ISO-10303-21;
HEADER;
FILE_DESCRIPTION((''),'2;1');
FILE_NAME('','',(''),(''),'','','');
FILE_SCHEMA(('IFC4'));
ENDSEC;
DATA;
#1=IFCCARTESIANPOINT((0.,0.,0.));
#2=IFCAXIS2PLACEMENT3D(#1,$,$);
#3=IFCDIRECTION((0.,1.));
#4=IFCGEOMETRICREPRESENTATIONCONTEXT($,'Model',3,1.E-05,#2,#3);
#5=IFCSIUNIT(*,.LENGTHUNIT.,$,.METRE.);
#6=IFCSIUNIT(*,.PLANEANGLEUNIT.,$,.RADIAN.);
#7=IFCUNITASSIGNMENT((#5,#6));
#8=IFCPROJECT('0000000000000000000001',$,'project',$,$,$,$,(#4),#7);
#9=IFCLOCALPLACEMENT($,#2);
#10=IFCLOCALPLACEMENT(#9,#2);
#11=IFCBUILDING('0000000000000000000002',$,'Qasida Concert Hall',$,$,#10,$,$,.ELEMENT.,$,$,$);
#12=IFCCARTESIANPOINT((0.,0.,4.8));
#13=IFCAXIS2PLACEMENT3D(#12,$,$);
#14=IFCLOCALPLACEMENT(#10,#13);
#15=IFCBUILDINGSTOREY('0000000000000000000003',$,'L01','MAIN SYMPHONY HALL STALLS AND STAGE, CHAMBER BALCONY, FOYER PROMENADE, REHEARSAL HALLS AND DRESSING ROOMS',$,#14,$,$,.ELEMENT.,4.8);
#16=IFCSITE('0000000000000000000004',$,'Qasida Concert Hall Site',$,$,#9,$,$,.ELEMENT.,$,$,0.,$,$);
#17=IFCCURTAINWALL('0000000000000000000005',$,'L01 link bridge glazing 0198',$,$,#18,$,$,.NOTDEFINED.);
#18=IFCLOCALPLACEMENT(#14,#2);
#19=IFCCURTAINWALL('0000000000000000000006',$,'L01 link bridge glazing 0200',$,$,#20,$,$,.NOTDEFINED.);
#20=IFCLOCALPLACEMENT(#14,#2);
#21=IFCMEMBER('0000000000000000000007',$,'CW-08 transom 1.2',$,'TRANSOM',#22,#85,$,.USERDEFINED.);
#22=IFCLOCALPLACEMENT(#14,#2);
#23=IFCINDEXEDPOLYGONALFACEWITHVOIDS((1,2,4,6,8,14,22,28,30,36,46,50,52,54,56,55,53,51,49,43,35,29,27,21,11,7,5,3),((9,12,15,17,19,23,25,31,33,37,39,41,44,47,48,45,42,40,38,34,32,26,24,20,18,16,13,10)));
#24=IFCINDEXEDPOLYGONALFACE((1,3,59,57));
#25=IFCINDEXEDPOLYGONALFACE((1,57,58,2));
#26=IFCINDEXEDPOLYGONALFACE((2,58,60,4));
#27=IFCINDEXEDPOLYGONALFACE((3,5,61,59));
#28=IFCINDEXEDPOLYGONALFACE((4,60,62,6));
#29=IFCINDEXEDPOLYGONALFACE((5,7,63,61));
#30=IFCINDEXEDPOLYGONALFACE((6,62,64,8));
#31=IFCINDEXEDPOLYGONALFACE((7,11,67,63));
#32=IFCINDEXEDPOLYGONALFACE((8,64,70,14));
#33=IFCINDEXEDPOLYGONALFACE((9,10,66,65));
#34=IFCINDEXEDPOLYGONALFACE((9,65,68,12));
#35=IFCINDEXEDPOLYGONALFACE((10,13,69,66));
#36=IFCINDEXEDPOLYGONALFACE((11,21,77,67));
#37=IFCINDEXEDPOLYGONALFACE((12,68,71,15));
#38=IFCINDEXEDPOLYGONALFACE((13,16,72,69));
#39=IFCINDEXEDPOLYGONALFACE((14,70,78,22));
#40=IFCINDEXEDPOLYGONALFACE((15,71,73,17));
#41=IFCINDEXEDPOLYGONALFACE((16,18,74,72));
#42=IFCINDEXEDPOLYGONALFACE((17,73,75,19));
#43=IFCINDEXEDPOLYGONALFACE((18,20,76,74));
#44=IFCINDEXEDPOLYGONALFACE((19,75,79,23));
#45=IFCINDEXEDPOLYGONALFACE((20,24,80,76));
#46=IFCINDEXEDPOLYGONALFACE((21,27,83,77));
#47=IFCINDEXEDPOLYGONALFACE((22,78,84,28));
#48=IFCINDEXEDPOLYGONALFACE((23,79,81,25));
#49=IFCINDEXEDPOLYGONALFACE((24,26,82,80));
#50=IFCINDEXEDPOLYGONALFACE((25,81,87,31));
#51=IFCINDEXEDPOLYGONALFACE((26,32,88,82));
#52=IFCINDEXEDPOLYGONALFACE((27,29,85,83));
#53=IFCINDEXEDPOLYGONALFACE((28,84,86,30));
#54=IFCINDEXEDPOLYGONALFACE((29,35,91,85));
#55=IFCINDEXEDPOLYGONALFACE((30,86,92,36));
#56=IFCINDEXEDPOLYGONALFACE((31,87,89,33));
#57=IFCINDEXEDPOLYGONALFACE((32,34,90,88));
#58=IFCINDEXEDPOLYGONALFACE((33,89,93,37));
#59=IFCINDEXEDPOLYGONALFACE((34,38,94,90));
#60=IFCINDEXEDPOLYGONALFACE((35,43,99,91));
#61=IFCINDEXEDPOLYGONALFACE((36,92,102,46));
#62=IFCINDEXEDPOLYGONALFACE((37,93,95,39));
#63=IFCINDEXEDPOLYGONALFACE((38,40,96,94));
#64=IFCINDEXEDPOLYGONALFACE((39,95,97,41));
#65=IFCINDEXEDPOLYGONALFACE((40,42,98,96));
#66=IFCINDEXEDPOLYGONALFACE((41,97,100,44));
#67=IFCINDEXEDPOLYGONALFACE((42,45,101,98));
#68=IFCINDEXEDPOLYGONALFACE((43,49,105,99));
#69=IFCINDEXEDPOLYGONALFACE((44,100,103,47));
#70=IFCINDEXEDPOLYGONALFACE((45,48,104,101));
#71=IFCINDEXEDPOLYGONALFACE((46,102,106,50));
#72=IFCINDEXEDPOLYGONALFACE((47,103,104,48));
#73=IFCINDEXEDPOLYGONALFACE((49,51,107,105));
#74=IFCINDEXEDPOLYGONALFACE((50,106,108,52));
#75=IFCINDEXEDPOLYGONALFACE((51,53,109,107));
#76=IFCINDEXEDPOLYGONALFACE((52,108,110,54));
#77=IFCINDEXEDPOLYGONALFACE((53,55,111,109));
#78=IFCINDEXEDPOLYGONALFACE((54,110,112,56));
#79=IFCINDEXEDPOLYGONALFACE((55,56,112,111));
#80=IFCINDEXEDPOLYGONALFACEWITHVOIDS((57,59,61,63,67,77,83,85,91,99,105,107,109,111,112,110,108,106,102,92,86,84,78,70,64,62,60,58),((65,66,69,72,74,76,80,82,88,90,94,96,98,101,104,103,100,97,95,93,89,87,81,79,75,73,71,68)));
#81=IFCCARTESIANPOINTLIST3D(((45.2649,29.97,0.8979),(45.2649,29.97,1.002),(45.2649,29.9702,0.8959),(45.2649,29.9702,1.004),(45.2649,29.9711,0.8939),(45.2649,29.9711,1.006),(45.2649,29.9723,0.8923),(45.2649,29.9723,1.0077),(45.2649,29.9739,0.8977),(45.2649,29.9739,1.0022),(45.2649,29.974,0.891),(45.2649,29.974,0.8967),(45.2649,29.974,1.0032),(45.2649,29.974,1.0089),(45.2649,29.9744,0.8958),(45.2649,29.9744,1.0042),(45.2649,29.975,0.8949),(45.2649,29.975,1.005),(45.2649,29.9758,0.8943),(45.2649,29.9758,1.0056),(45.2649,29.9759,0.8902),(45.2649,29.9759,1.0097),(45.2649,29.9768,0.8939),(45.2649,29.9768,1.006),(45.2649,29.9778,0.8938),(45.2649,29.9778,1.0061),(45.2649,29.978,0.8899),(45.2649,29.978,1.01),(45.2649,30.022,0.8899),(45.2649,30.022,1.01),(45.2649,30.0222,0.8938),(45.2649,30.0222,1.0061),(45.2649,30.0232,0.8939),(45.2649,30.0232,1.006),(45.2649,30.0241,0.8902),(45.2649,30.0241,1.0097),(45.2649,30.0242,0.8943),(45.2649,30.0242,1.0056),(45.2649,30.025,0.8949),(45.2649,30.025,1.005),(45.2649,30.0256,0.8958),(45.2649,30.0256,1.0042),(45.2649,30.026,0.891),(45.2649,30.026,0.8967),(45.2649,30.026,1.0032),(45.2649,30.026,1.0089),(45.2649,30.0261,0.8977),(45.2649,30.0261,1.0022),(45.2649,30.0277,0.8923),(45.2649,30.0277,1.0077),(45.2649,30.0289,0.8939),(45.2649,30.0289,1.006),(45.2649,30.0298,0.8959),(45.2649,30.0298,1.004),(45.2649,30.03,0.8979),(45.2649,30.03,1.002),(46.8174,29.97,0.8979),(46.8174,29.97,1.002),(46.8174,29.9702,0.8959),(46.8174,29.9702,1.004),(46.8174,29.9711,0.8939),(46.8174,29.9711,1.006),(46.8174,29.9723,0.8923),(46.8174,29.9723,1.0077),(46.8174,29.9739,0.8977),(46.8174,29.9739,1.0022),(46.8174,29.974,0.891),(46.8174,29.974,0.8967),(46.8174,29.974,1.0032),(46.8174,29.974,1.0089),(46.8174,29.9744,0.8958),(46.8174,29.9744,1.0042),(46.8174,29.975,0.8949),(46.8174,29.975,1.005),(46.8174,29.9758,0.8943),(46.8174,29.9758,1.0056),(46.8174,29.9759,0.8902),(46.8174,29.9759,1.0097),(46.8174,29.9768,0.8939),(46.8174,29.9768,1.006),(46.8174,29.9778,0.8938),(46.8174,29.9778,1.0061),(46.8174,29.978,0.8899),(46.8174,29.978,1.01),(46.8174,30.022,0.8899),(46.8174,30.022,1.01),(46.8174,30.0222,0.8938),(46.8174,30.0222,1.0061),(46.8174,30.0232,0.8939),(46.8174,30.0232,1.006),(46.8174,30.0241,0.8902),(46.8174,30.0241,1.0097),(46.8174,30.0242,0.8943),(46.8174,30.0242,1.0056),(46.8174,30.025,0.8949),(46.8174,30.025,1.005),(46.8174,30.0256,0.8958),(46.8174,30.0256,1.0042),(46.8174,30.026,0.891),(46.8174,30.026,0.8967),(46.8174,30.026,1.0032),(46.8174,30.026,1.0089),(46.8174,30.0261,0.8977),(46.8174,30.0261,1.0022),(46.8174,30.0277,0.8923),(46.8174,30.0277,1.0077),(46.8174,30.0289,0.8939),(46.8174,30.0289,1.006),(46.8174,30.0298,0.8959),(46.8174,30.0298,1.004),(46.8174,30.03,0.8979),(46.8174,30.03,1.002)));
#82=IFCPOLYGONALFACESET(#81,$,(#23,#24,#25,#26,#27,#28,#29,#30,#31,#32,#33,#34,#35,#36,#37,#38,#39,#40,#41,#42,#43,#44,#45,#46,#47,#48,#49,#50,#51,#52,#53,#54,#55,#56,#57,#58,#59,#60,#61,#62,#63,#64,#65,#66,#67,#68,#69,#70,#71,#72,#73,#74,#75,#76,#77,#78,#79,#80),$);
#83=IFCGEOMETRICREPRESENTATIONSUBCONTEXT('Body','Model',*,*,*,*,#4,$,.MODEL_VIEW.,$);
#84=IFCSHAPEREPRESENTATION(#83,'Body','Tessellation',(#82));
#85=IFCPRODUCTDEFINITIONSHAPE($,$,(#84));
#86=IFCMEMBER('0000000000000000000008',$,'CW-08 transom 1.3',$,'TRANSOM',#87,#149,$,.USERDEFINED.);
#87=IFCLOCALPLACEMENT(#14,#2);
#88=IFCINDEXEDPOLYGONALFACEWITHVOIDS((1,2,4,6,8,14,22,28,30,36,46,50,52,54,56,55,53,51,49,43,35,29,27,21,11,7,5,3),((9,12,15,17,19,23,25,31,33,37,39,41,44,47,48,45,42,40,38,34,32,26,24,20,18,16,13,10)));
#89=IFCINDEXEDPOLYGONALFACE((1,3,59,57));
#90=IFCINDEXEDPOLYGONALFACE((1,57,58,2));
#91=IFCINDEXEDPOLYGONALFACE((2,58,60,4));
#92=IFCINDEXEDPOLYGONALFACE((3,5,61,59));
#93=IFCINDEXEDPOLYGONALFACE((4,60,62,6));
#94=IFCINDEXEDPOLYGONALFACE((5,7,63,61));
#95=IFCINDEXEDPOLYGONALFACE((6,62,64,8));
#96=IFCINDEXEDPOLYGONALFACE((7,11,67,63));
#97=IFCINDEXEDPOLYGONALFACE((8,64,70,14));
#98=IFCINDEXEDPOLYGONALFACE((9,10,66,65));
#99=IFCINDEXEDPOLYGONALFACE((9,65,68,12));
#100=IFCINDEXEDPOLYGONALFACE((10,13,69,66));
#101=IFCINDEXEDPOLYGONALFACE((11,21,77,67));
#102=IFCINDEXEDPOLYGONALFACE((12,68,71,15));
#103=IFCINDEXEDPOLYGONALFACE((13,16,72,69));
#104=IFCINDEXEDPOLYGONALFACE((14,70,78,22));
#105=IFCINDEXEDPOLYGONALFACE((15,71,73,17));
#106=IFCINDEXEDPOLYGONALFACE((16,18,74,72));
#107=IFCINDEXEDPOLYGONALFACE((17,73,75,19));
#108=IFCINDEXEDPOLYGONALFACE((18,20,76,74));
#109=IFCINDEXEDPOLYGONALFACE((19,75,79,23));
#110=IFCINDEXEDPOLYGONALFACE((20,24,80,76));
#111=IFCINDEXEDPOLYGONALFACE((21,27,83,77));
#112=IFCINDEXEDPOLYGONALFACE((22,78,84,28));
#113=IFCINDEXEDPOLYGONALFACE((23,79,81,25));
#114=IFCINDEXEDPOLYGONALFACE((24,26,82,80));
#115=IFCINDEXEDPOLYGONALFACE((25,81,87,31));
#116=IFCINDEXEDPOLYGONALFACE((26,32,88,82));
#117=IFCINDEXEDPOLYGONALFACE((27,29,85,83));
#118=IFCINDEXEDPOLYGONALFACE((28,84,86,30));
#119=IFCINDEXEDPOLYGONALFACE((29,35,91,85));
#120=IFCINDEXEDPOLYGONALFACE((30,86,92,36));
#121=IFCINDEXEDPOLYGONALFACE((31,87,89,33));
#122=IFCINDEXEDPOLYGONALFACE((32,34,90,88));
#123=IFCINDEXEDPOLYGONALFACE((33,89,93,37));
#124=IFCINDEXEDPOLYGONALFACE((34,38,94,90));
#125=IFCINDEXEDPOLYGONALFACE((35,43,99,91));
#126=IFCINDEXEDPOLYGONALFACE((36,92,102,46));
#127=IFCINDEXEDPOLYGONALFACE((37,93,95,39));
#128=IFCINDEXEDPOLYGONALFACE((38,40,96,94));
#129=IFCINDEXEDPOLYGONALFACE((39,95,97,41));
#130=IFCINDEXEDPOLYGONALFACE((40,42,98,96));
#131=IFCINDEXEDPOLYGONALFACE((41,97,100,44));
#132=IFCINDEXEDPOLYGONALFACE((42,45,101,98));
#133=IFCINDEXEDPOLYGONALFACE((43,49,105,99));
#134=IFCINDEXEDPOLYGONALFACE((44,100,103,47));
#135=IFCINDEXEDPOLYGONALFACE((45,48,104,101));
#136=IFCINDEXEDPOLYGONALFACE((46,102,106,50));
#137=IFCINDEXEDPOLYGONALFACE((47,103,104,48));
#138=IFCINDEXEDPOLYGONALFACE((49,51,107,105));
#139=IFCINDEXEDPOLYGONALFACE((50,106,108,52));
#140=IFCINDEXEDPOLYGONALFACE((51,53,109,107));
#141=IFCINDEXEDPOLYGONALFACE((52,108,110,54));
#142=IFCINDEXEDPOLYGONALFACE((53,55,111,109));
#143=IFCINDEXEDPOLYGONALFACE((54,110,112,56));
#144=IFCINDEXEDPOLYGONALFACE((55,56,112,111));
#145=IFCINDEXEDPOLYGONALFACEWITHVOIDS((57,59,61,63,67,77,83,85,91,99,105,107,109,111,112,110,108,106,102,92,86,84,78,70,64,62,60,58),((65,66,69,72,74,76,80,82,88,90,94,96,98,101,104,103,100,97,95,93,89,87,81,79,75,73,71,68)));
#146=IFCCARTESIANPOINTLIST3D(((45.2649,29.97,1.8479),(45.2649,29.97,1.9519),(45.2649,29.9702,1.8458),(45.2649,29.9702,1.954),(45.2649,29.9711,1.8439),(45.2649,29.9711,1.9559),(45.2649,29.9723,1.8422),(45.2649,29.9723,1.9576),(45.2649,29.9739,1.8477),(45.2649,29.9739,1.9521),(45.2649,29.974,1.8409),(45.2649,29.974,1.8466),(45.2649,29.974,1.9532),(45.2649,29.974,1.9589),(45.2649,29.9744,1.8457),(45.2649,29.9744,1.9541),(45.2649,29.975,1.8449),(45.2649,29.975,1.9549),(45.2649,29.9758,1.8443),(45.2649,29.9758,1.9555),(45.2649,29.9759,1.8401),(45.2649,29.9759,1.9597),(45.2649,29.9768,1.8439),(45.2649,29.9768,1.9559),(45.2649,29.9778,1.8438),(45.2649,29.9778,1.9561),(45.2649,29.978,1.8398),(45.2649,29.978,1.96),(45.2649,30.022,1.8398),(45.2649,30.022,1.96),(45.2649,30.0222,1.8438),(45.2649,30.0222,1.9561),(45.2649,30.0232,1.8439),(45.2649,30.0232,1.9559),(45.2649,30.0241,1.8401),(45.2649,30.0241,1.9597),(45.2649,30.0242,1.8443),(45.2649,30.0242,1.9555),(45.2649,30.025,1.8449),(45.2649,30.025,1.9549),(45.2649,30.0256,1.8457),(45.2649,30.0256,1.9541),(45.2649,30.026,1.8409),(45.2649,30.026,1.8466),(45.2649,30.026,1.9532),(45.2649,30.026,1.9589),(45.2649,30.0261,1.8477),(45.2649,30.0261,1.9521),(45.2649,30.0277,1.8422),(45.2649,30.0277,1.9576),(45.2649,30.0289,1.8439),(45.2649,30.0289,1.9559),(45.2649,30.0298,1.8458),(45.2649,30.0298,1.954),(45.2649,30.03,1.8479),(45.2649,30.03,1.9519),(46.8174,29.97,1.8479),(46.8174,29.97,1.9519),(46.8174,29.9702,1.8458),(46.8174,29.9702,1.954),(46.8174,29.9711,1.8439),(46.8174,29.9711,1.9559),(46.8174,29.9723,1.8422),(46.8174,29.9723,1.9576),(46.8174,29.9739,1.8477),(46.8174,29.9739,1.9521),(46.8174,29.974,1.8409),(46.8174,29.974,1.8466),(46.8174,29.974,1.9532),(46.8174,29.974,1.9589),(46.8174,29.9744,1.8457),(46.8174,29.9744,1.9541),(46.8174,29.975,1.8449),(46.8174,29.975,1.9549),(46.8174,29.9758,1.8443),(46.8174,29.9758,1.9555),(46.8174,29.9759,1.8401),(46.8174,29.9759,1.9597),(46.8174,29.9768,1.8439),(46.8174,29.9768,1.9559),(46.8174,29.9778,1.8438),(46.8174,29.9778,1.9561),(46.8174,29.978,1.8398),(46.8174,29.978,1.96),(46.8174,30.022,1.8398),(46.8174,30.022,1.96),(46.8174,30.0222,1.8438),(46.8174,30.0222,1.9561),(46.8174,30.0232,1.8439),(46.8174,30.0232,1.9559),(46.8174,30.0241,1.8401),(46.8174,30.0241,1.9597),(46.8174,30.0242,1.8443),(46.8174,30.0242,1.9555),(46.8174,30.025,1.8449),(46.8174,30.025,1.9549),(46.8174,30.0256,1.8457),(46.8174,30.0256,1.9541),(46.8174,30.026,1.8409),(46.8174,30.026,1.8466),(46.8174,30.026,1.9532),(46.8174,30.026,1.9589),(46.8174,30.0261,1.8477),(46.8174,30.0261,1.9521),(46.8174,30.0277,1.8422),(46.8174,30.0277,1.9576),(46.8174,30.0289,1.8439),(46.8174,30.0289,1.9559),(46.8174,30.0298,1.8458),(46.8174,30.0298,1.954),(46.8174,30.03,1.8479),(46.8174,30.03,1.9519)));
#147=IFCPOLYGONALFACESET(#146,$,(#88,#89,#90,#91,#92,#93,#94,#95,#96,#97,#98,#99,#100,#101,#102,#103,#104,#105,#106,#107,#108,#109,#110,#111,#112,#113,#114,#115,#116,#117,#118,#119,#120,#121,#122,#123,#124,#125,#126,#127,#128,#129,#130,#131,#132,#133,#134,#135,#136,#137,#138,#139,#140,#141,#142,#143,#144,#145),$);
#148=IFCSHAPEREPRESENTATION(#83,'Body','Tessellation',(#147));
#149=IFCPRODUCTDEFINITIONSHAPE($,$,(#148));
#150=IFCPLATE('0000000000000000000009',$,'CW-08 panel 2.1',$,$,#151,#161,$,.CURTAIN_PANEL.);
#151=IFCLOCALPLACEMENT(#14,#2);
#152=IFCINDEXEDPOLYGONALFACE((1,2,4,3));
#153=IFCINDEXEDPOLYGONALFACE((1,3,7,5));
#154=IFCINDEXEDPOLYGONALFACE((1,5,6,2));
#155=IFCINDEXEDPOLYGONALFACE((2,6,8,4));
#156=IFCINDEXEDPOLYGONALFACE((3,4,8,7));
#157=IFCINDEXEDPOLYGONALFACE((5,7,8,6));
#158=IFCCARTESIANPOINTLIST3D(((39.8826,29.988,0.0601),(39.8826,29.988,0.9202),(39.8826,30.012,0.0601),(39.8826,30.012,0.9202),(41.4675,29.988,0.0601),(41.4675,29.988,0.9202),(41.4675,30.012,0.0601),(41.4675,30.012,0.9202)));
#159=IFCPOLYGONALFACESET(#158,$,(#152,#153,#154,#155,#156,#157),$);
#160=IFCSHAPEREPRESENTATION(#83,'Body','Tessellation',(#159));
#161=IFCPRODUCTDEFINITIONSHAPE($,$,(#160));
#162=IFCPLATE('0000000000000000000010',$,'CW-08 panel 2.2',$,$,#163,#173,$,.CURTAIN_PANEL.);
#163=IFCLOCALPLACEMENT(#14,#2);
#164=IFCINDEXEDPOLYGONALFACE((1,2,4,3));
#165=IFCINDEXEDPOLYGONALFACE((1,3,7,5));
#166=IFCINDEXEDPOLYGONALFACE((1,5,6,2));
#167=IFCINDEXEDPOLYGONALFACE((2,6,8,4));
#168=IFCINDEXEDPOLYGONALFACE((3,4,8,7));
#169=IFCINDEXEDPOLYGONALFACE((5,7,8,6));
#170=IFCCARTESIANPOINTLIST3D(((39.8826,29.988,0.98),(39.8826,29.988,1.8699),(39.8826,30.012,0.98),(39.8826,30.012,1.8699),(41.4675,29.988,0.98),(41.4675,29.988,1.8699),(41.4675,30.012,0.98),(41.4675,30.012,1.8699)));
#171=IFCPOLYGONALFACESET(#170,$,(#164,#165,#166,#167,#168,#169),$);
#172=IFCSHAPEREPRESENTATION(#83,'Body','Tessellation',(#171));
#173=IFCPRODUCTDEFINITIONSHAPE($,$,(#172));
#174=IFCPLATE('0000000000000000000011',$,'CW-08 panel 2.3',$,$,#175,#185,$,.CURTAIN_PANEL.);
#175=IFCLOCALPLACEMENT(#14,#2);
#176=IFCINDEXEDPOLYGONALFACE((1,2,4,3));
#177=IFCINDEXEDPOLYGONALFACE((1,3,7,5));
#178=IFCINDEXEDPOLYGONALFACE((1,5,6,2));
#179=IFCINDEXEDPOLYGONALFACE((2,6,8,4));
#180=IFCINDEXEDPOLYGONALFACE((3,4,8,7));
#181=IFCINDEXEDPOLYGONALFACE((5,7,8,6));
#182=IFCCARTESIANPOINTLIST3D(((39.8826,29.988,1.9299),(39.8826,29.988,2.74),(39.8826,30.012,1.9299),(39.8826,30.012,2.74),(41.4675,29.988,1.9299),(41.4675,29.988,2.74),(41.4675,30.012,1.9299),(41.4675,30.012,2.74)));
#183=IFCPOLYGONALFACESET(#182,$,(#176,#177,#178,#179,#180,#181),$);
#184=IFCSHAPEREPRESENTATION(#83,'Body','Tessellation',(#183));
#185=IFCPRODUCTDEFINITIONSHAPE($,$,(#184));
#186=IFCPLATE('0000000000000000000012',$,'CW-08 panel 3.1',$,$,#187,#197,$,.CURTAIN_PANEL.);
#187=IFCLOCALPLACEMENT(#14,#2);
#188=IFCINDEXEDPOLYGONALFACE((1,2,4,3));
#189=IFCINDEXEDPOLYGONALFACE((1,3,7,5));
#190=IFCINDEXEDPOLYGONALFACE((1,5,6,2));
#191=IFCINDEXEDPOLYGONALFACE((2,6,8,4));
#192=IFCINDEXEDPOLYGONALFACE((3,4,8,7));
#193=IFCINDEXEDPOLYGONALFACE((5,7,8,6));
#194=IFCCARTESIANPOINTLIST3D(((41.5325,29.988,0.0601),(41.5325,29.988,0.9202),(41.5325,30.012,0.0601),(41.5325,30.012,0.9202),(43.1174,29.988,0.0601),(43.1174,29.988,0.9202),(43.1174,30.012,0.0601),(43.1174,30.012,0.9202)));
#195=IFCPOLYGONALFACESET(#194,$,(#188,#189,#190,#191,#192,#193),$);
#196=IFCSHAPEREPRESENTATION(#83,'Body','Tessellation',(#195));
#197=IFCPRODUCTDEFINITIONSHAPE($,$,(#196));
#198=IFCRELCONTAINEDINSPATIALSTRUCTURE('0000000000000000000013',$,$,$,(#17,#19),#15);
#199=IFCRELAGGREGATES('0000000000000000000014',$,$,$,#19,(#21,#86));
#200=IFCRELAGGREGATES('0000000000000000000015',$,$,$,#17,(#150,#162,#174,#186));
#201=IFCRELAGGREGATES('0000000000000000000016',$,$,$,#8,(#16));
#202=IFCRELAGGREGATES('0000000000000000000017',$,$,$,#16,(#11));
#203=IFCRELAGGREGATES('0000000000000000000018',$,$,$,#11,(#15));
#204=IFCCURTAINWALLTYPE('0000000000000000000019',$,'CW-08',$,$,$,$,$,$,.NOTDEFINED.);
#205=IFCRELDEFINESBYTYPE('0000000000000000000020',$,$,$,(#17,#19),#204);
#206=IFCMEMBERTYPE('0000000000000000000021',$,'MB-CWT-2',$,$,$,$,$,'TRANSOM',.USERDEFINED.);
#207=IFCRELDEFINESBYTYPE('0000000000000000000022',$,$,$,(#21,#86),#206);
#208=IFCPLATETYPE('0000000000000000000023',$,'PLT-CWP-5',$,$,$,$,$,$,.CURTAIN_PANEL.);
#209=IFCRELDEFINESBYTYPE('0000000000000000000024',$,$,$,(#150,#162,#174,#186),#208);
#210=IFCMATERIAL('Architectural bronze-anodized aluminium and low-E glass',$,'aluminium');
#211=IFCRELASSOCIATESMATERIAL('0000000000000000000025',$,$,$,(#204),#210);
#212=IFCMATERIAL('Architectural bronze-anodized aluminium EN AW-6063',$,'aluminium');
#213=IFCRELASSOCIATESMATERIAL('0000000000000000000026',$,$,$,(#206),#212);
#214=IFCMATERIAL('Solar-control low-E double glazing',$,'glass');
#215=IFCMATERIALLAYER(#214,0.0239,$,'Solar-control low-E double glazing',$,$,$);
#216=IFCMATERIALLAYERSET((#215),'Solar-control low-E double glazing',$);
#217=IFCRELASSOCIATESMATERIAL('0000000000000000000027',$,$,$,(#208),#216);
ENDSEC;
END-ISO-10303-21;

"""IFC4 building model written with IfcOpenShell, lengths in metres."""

from ifc_helpers import new_model, si_unit, direction, frame, origin, origin_2d, place, context, subcontext, project, spatial, rectangle, hollow_rectangle, extrude, material, layer, layer_set, material_profile, profile_set, type_object, element, aggregate, save


model = new_model("IFC4")

# Units and contexts
model_context = context("Model", 3, precision=1e-05, world=origin(), true_north=direction((0.0, 1.0)))
body_context = subcontext(model_context, "Body", "Model", "MODEL_VIEW")
ifc_project = project(units=[si_unit("LENGTHUNIT", "METRE"), si_unit("PLANEANGLEUNIT", "RADIAN")], contexts=[model_context])

# Site, building, storey
site_placement = place(None, origin())
site = spatial("IfcSite", under=ifc_project, at=site_placement, Name="Qasida Concert Hall Site", CompositionType="ELEMENT", RefElevation=0.0)
building_placement = place(site_placement, origin())
building = spatial("IfcBuilding", under=site, at=building_placement, Name="Qasida Concert Hall", CompositionType="ELEMENT")
storey_placement = place(building_placement, frame((0.0, 0.0, 4.8)))
storey = spatial("IfcBuildingStorey", under=building, at=storey_placement, Name="L01", Description="MAIN SYMPHONY HALL STALLS AND STAGE, CHAMBER BALCONY, FOYER PROMENADE, REHEARSAL HALLS AND DRESSING ROOMS", CompositionType="ELEMENT", Elevation=4.8)

# Curtain wall
ifc_material_1 = material(Name="Architectural bronze-anodized aluminium and low-E glass", Category="aluminium")
curtain_wall_type = type_object("IfcCurtainWallType", Name="CW-08", PredefinedType="NOTDEFINED", material=ifc_material_1)
curtain_wall_1_placement = place(storey_placement, origin())
curtain_wall_1 = element("IfcCurtainWall", 1, at=curtain_wall_1_placement, inside=storey, type_object=curtain_wall_type, Name="L01 link bridge glazing 0198", PredefinedType="NOTDEFINED")
ifc_material_2 = material(Name="Architectural bronze-anodized aluminium EN AW-6063", Category="aluminium")

# Curtain wall
curtain_wall_2_placement = place(storey_placement, origin())
curtain_wall_2 = element("IfcCurtainWall", 2, at=curtain_wall_2_placement, inside=storey, type_object=curtain_wall_type, Name="L01 link bridge glazing 0200", PredefinedType="NOTDEFINED")

# Shared definitions
ifc_material_profile_1 = material_profile(ifc_material_2, hollow_rectangle(XDim=0.0601, YDim=0.1201, WallThickness=0.0039, InnerFilletRadius=0.0039, OuterFilletRadius=0.0081, at=origin_2d()), Name="CWT 120x60x4")
ifc_profile_set_1 = profile_set([ifc_material_profile_1], Name="Architectural bronze-anodized aluminium EN AW-6063")
member_type_1 = type_object("IfcMemberType", Name="MB-CWT-2", ElementType="TRANSOM", PredefinedType="USERDEFINED", material=ifc_profile_set_1)

# Members
member_1_placement = place(storey_placement, frame((45.2649, 30.0, 0.95), z_axis=(1.0, 0.0, 0.0), x_axis=(0.0, 1.0, 0.0)))
member_1 = element("IfcMember", 3, at=member_1_placement, type_object=member_type_1, Name="CW-08 transom 1.2", ObjectType="TRANSOM", PredefinedType="USERDEFINED", context=body_context, shape_type="SweptSolid", body=[
    extrude(hollow_rectangle(XDim=0.0601, YDim=0.1201, WallThickness=0.0039, InnerFilletRadius=0.0039, OuterFilletRadius=0.0081, at=origin_2d()), origin(), (0.0, 0.0, 1.0), 1.5525),
])
member_2_placement = place(storey_placement, frame((45.2649, 30.0, 1.8999), z_axis=(1.0, 0.0, 0.0), x_axis=(0.0, 1.0, 0.0)))
member_2 = element("IfcMember", 4, at=member_2_placement, type_object=member_type_1, Name="CW-08 transom 1.3", ObjectType="TRANSOM", PredefinedType="USERDEFINED", context=body_context, shape_type="SweptSolid", body=[
    extrude(hollow_rectangle(XDim=0.0601, YDim=0.1201, WallThickness=0.0039, InnerFilletRadius=0.0039, OuterFilletRadius=0.0081, at=origin_2d()), origin(), (0.0, 0.0, 1.0), 1.5525),
])
aggregate(curtain_wall_2, [member_1, member_2])

# Plates
ifc_material_3 = material(Name="Solar-control low-E double glazing", Category="glass")
ifc_layer = layer(ifc_material_3, 0.0239, Name="Solar-control low-E double glazing")
ifc_layer_set = layer_set([ifc_layer], Name="Solar-control low-E double glazing")
plate_type = type_object("IfcPlateType", Name="PLT-CWP-5", PredefinedType="CURTAIN_PANEL", material=ifc_layer_set)
plate_1_placement = place(storey_placement, frame((40.675, 30.0, 0.0601), z_axis=(0.0, 0.0, 1.0), x_axis=(1.0, 0.0, 0.0)))
plate_1 = element("IfcPlate", 5, at=plate_1_placement, type_object=plate_type, Name="CW-08 panel 2.1", PredefinedType="CURTAIN_PANEL", context=body_context, shape_type="SweptSolid", body=[
    extrude(rectangle(XDim=1.585, YDim=0.0239, at=origin_2d()), origin(), (0.0, 0.0, 1.0), 0.8601),
])
plate_2_placement = place(storey_placement, frame((40.675, 30.0, 0.98), z_axis=(0.0, 0.0, 1.0), x_axis=(1.0, 0.0, 0.0)))
plate_2 = element("IfcPlate", 6, at=plate_2_placement, type_object=plate_type, Name="CW-08 panel 2.2", PredefinedType="CURTAIN_PANEL", context=body_context, shape_type="SweptSolid", body=[
    extrude(rectangle(XDim=1.585, YDim=0.0239, at=origin_2d()), origin(), (0.0, 0.0, 1.0), 0.8899),
])
plate_3_placement = place(storey_placement, frame((40.675, 30.0, 1.9299), z_axis=(0.0, 0.0, 1.0), x_axis=(1.0, 0.0, 0.0)))
plate_3 = element("IfcPlate", 7, at=plate_3_placement, type_object=plate_type, Name="CW-08 panel 2.3", PredefinedType="CURTAIN_PANEL", context=body_context, shape_type="SweptSolid", body=[
    extrude(rectangle(XDim=1.585, YDim=0.0239, at=origin_2d()), origin(), (0.0, 0.0, 1.0), 0.8101),
])
plate_4_placement = place(storey_placement, frame((42.325, 30.0, 0.0601), z_axis=(0.0, 0.0, 1.0), x_axis=(1.0, 0.0, 0.0)))
plate_4 = element("IfcPlate", 8, at=plate_4_placement, type_object=plate_type, Name="CW-08 panel 3.1", PredefinedType="CURTAIN_PANEL", context=body_context, shape_type="SweptSolid", body=[
    extrude(rectangle(XDim=1.585, YDim=0.0239, at=origin_2d()), origin(), (0.0, 0.0, 1.0), 0.8601),
])
aggregate(curtain_wall_1, [plate_1, plate_2, plate_3, plate_4])

save(model, "model.ifc")
